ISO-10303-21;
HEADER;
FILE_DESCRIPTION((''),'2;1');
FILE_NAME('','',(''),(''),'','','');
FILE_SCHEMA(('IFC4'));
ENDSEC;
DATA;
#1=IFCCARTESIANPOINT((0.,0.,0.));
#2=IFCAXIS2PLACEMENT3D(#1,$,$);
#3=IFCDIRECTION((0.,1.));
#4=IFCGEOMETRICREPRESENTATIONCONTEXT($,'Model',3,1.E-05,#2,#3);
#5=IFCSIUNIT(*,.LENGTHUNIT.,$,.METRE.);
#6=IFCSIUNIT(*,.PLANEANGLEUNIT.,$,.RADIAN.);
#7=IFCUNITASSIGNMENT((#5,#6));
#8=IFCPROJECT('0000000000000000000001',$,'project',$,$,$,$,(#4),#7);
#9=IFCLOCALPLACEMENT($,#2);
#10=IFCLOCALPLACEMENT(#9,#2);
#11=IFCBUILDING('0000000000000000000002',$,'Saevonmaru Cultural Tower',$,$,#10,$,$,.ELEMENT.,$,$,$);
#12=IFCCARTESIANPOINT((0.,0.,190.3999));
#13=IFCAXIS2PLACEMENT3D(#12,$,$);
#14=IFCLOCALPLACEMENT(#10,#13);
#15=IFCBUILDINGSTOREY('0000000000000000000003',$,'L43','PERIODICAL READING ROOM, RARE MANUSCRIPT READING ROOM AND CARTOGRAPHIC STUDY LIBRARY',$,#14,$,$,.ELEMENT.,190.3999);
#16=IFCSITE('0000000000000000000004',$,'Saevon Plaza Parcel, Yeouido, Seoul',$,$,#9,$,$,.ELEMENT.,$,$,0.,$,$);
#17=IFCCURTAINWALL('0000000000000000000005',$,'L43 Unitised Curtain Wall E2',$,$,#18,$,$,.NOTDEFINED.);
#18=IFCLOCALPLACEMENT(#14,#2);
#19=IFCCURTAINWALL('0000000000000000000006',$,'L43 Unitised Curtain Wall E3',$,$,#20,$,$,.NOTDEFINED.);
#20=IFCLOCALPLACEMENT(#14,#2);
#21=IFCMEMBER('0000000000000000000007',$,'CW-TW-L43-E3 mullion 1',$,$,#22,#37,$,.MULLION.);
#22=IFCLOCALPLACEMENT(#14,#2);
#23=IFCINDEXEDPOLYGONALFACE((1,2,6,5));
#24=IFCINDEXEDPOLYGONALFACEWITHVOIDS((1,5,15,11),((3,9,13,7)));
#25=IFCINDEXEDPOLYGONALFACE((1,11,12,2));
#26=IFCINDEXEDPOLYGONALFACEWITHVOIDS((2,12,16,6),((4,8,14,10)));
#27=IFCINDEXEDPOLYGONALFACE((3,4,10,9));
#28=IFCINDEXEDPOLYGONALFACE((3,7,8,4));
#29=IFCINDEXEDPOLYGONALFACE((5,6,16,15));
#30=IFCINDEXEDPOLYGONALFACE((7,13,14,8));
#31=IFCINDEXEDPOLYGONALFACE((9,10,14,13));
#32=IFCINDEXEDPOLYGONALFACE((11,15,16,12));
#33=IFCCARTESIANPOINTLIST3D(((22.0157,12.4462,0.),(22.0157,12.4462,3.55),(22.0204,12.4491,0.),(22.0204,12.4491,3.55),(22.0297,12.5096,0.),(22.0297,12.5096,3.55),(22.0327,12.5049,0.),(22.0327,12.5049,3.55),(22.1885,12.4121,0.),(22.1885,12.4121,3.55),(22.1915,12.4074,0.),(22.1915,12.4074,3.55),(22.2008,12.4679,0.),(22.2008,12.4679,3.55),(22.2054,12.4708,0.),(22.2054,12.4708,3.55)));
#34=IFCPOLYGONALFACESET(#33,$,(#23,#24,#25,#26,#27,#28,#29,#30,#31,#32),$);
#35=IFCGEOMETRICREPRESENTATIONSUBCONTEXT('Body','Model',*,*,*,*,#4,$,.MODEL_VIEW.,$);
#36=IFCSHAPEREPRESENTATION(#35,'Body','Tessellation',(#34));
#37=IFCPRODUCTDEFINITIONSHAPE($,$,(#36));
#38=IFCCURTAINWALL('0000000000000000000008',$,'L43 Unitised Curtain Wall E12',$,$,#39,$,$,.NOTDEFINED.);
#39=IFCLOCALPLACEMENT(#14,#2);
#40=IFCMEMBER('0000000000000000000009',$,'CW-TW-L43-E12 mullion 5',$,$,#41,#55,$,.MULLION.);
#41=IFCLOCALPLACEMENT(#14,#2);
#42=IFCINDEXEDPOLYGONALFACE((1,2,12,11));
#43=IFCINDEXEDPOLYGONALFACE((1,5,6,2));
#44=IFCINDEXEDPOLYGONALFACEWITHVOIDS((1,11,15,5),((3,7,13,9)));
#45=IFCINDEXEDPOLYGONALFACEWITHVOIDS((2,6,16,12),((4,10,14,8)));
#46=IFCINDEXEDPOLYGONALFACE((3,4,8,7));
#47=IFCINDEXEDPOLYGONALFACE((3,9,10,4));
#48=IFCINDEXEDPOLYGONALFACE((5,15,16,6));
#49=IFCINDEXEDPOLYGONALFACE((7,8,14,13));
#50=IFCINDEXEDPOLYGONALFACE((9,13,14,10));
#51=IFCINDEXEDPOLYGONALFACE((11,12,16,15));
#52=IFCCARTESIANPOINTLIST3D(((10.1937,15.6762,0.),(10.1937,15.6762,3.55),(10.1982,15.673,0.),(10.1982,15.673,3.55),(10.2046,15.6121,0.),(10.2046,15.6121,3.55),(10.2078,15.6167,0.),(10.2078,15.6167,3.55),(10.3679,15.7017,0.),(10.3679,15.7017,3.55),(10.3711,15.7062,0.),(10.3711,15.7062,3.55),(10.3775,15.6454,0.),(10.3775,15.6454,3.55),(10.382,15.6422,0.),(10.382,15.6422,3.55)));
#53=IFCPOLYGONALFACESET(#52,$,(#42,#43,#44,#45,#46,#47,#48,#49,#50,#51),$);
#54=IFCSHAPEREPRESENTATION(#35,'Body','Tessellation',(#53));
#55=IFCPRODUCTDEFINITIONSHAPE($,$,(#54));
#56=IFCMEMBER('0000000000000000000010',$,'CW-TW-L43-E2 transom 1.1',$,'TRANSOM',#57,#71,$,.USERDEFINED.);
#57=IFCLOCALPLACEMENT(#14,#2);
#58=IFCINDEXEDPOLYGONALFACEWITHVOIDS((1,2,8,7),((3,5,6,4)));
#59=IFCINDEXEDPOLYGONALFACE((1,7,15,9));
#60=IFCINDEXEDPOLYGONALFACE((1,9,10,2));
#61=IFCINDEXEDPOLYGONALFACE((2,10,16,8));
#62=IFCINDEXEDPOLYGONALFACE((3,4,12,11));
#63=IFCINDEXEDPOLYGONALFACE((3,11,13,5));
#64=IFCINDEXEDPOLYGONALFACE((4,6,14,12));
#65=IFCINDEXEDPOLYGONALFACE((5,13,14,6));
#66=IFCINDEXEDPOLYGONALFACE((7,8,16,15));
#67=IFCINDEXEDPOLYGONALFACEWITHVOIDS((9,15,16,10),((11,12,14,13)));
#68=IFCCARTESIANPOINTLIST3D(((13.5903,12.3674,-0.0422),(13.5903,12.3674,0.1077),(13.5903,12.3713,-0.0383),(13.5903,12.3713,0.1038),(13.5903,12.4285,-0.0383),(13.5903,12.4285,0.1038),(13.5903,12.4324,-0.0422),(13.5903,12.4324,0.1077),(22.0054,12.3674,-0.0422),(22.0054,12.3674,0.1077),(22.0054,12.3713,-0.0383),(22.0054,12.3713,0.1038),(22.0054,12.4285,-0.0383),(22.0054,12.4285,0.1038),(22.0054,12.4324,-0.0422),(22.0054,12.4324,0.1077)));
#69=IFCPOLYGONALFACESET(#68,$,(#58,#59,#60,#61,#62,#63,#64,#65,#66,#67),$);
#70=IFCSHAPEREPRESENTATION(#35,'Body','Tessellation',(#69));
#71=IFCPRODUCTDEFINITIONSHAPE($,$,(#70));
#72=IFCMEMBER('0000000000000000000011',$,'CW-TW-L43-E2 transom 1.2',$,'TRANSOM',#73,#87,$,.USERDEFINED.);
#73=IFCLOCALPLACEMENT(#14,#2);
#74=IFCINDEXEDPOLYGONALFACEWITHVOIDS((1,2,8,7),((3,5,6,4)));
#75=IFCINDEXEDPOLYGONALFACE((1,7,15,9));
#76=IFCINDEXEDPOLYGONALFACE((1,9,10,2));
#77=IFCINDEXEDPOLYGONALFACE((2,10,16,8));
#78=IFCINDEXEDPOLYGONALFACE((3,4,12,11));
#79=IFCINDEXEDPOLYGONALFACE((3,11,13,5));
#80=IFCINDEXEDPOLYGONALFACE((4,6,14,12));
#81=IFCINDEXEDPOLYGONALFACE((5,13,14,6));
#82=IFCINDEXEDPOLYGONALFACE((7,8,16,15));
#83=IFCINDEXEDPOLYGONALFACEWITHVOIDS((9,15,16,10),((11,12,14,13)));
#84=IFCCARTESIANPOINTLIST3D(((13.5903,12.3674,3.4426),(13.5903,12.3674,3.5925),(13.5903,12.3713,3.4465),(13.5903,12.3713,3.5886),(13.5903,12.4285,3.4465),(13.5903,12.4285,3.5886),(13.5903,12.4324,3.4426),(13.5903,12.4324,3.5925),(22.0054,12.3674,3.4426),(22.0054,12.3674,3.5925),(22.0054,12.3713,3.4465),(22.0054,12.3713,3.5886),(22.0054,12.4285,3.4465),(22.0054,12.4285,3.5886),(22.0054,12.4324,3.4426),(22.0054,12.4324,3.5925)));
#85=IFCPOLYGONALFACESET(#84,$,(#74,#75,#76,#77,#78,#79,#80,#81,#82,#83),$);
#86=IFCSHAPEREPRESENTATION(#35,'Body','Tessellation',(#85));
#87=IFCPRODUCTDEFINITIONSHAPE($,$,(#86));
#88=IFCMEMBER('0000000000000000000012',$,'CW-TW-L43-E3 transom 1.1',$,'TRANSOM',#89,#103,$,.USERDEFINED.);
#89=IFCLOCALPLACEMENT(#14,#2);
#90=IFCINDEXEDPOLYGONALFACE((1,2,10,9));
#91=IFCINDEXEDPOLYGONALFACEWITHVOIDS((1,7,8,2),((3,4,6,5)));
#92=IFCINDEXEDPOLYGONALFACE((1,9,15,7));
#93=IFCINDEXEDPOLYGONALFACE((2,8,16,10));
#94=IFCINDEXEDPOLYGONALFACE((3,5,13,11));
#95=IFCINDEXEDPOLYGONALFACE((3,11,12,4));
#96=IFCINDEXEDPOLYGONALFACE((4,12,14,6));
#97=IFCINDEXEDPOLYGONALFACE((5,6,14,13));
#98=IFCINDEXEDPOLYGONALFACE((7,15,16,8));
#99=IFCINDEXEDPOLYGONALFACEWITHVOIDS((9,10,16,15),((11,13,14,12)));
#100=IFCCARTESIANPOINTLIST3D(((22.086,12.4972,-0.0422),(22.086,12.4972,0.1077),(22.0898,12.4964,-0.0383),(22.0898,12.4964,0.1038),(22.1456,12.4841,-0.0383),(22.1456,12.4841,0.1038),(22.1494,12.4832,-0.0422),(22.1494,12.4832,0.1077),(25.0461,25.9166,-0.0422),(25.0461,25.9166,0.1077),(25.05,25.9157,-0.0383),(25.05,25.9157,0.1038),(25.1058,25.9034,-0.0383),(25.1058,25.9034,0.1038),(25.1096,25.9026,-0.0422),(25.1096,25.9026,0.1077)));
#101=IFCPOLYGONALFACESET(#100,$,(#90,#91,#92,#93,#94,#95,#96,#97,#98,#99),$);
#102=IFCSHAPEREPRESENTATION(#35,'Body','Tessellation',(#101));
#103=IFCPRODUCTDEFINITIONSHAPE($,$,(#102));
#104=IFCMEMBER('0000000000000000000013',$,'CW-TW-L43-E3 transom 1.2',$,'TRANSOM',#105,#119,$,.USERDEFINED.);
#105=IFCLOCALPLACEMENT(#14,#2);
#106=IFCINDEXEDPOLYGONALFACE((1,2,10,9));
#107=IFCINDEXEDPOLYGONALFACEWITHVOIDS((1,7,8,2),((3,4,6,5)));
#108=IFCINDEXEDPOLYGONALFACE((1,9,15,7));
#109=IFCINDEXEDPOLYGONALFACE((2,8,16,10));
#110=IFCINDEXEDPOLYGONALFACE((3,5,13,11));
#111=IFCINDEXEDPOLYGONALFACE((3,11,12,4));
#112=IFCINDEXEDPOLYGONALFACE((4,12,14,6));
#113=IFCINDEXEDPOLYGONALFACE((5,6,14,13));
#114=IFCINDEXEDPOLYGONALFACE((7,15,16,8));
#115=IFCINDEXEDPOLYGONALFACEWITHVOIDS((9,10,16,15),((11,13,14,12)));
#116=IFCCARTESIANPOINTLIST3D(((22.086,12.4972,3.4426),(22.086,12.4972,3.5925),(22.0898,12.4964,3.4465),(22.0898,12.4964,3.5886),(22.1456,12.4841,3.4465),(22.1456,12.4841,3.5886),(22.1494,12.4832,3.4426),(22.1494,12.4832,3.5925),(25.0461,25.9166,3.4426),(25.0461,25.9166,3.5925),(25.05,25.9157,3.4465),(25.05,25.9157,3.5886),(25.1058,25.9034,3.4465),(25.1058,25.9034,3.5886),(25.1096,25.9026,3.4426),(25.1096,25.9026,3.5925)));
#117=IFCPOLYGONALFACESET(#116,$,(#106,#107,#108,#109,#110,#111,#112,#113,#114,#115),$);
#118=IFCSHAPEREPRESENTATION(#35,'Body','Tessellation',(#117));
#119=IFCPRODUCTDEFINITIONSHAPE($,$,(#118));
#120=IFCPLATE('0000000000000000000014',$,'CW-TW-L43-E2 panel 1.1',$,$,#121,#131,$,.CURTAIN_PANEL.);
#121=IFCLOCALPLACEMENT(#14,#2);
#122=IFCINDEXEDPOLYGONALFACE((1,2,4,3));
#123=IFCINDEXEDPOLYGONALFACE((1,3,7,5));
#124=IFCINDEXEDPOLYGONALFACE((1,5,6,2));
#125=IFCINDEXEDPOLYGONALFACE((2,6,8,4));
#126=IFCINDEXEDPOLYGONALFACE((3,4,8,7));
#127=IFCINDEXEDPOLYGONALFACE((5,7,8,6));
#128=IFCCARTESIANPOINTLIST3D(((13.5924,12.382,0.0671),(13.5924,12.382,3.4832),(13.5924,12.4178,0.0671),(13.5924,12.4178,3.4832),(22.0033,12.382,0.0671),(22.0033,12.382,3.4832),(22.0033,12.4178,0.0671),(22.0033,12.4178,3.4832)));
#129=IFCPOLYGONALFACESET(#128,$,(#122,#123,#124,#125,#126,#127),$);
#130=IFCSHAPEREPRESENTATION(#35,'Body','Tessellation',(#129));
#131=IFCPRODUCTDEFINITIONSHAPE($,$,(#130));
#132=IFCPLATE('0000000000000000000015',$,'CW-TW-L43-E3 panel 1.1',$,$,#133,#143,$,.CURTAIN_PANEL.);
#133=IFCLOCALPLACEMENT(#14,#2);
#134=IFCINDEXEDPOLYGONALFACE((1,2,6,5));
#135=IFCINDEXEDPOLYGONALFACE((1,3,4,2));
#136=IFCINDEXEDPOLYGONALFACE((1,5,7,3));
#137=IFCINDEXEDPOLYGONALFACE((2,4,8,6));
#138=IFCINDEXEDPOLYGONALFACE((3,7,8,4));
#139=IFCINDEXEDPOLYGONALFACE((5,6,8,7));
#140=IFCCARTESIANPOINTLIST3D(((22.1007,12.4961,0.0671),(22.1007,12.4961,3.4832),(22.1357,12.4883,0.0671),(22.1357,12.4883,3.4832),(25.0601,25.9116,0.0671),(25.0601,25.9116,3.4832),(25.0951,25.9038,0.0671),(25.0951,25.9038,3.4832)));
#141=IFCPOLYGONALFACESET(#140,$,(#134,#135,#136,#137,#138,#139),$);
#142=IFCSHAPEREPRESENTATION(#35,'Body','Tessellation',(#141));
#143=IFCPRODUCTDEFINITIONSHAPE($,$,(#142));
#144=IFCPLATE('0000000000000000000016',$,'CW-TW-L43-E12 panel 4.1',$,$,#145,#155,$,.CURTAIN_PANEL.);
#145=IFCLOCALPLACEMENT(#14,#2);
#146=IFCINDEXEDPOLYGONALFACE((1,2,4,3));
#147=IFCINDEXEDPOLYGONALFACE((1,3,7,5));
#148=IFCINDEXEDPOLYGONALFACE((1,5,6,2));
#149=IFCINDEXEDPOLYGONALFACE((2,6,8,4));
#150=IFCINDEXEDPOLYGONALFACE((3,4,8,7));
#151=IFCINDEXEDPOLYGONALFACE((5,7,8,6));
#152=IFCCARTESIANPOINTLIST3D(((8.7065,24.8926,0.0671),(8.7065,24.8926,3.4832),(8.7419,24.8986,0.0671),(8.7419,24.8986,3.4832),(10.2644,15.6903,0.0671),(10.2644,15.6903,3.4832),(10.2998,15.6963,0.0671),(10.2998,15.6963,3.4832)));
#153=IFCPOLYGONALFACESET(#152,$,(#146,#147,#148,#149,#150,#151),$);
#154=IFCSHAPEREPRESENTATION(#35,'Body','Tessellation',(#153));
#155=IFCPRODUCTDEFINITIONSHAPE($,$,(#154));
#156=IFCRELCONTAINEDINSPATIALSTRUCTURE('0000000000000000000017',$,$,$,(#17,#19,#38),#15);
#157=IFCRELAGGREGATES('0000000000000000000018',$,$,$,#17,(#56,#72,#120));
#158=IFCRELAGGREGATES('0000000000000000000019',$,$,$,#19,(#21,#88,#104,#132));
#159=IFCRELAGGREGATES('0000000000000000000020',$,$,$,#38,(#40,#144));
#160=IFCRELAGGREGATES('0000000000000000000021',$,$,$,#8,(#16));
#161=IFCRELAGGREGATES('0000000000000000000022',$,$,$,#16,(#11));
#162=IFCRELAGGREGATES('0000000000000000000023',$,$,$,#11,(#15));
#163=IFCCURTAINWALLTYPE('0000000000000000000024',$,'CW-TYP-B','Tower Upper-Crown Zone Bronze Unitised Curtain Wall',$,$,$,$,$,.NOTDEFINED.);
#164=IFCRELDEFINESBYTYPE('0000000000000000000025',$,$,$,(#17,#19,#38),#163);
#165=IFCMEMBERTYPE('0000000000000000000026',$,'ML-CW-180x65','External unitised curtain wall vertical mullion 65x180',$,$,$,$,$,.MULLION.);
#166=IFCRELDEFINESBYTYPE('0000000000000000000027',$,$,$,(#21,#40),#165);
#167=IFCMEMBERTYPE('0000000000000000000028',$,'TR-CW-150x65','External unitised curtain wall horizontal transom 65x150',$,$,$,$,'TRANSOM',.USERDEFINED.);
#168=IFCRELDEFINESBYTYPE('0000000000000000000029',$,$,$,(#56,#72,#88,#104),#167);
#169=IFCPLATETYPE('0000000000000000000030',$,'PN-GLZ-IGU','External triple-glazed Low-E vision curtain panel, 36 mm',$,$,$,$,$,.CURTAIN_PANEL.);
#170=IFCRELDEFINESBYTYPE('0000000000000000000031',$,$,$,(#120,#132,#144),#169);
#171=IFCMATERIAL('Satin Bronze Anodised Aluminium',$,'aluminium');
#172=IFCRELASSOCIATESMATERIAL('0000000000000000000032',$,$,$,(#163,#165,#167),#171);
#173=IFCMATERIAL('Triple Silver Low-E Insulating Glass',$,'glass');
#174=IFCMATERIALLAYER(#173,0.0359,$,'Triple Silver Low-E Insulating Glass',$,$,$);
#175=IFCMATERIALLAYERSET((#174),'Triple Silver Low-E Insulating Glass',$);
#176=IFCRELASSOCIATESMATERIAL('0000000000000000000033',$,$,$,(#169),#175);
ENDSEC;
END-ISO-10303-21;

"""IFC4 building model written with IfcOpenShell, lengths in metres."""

from ifc_helpers import new_model, si_unit, direction, frame, origin, origin_2d, place, context, subcontext, project, spatial, rectangle, hollow_rectangle, extrude, material, layer, layer_set, material_profile, profile_set, type_object, element, aggregate, save


model = new_model("IFC4")

# Units and contexts
model_context = context("Model", 3, precision=1e-05, world=origin(), true_north=direction((0.0, 1.0)))
body_context = subcontext(model_context, "Body", "Model", "MODEL_VIEW")
ifc_project = project(units=[si_unit("LENGTHUNIT", "METRE"), si_unit("PLANEANGLEUNIT", "RADIAN")], contexts=[model_context])

# Site, building, storey
site_placement = place(None, origin())
site = spatial("IfcSite", under=ifc_project, at=site_placement, Name="Saevon Plaza Parcel, Yeouido, Seoul", CompositionType="ELEMENT", RefElevation=0.0)
building_placement = place(site_placement, origin())
building = spatial("IfcBuilding", under=site, at=building_placement, Name="Saevonmaru Cultural Tower", CompositionType="ELEMENT")
storey_placement = place(building_placement, frame((0.0, 0.0, 190.3999)))
storey = spatial("IfcBuildingStorey", under=building, at=storey_placement, Name="L43", Description="PERIODICAL READING ROOM, RARE MANUSCRIPT READING ROOM AND CARTOGRAPHIC STUDY LIBRARY", CompositionType="ELEMENT", Elevation=190.3999)

# Curtain wall
ifc_material_1 = material(Name="Satin Bronze Anodised Aluminium", Category="aluminium")
curtain_wall_type = type_object("IfcCurtainWallType", Name="CW-TYP-B", Description="Tower Upper-Crown Zone Bronze Unitised Curtain Wall", PredefinedType="NOTDEFINED", material=ifc_material_1)
curtain_wall_1_placement = place(storey_placement, origin())
curtain_wall_1 = element("IfcCurtainWall", 1, at=curtain_wall_1_placement, inside=storey, type_object=curtain_wall_type, Name="L43 Unitised Curtain Wall E2", PredefinedType="NOTDEFINED")
ifc_material_profile_1 = material_profile(ifc_material_1, hollow_rectangle(XDim=0.0649, YDim=0.1799, WallThickness=0.0039, at=origin_2d()), Name="ALU-MULL-180x65x4")
ifc_profile_set_1 = profile_set([ifc_material_profile_1], Name="Satin Bronze Anodised Aluminium")
member_type_1 = type_object("IfcMemberType", Name="ML-CW-180x65", Description="External unitised curtain wall vertical mullion 65x180", PredefinedType="MULLION", material=ifc_profile_set_1)

# Curtain walls, members
curtain_wall_2_placement = place(storey_placement, origin())
curtain_wall_2 = element("IfcCurtainWall", 2, at=curtain_wall_2_placement, inside=storey, type_object=curtain_wall_type, Name="L43 Unitised Curtain Wall E3", PredefinedType="NOTDEFINED")
member_1_placement = place(storey_placement, frame((22.1106, 12.4585, 0.0), z_axis=(0.0, 0.0, 1.0), x_axis=(0.215413, 0.976523, 0.0)))
member_1 = element("IfcMember", 3, at=member_1_placement, type_object=member_type_1, Name="CW-TW-L43-E3 mullion 1", PredefinedType="MULLION", context=body_context, shape_type="SweptSolid", body=[
    extrude(hollow_rectangle(XDim=0.0649, YDim=0.1799, WallThickness=0.0039, at=origin_2d()), origin(), (0.0, 0.0, 1.0), 3.55),
])
curtain_wall_3_placement = place(storey_placement, origin())
curtain_wall_3 = element("IfcCurtainWall", 4, at=curtain_wall_3_placement, inside=storey, type_object=curtain_wall_type, Name="L43 Unitised Curtain Wall E12", PredefinedType="NOTDEFINED")
member_2_placement = place(storey_placement, frame((10.2878, 15.6592, 0.0), z_axis=(0.0, 0.0, 1.0), x_axis=(0.166922, -0.98597, 0.0)))
member_2 = element("IfcMember", 5, at=member_2_placement, type_object=member_type_1, Name="CW-TW-L43-E12 mullion 5", PredefinedType="MULLION", context=body_context, shape_type="SweptSolid", body=[
    extrude(hollow_rectangle(XDim=0.0649, YDim=0.1799, WallThickness=0.0039, at=origin_2d()), origin(), (0.0, 0.0, 1.0), 3.55),
])

# Members
ifc_material_profile_2 = material_profile(ifc_material_1, hollow_rectangle(XDim=0.0649, YDim=0.1499, WallThickness=0.0039, at=origin_2d()), Name="ALU-TRAN-150x65x4")
ifc_profile_set_2 = profile_set([ifc_material_profile_2], Name="Satin Bronze Anodised Aluminium")
member_type_2 = type_object("IfcMemberType", Name="TR-CW-150x65", Description="External unitised curtain wall horizontal transom 65x150", ElementType="TRANSOM", PredefinedType="USERDEFINED", material=ifc_profile_set_2)
member_3_placement = place(storey_placement, frame((13.5903, 12.3999, 0.0327), z_axis=(1.0, 0.0, 0.0), x_axis=(0.0, 1.0, 0.0)))
member_3 = element("IfcMember", 6, at=member_3_placement, type_object=member_type_2, Name="CW-TW-L43-E2 transom 1.1", ObjectType="TRANSOM", PredefinedType="USERDEFINED", context=body_context, shape_type="SweptSolid", body=[
    extrude(hollow_rectangle(XDim=0.0649, YDim=0.1499, WallThickness=0.0039, at=origin_2d()), origin(), (0.0, 0.0, 1.0), 8.415),
])
member_4_placement = place(storey_placement, frame((13.5903, 12.3999, 3.5176), z_axis=(1.0, 0.0, 0.0), x_axis=(0.0, 1.0, 0.0)))
member_4 = element("IfcMember", 7, at=member_4_placement, type_object=member_type_2, Name="CW-TW-L43-E2 transom 1.2", ObjectType="TRANSOM", PredefinedType="USERDEFINED", context=body_context, shape_type="SweptSolid", body=[
    extrude(hollow_rectangle(XDim=0.0649, YDim=0.1499, WallThickness=0.0039, at=origin_2d()), origin(), (0.0, 0.0, 1.0), 8.415),
])
member_5_placement = place(storey_placement, frame((22.1177, 12.4902, 0.0327), z_axis=(0.215412, 0.976523, 0.0), x_axis=(-0.976523, 0.215412, 0.0)))
member_5 = element("IfcMember", 8, at=member_5_placement, type_object=member_type_2, Name="CW-TW-L43-E3 transom 1.1", ObjectType="TRANSOM", PredefinedType="USERDEFINED", context=body_context, shape_type="SweptSolid", body=[
    extrude(hollow_rectangle(XDim=0.0649, YDim=0.1499, WallThickness=0.0039, at=origin_2d()), origin(), (0.0, 0.0, 1.0), 13.7419),
])
member_6_placement = place(storey_placement, frame((22.1177, 12.4902, 3.5176), z_axis=(0.215412, 0.976523, 0.0), x_axis=(-0.976523, 0.215412, 0.0)))
member_6 = element("IfcMember", 9, at=member_6_placement, type_object=member_type_2, Name="CW-TW-L43-E3 transom 1.2", ObjectType="TRANSOM", PredefinedType="USERDEFINED", context=body_context, shape_type="SweptSolid", body=[
    extrude(hollow_rectangle(XDim=0.0649, YDim=0.1499, WallThickness=0.0039, at=origin_2d()), origin(), (0.0, 0.0, 1.0), 13.7419),
])

# Plates
ifc_material_2 = material(Name="Triple Silver Low-E Insulating Glass", Category="glass")
ifc_layer_1 = layer(ifc_material_2, 0.0359, Name="Triple Silver Low-E Insulating Glass")
ifc_layer_set_1 = layer_set([ifc_layer_1], Name="Triple Silver Low-E Insulating Glass")
plate_type = type_object("IfcPlateType", Name="PN-GLZ-IGU", Description="External triple-glazed Low-E vision curtain panel, 36 mm", PredefinedType="CURTAIN_PANEL", material=ifc_layer_set_1)
plate_1_placement = place(storey_placement, frame((17.7979, 12.3999, 0.0671), z_axis=(0.0, 0.0, 1.0), x_axis=(1.0, 0.0, 0.0)))
plate_1 = element("IfcPlate", 10, at=plate_1_placement, type_object=plate_type, Name="CW-TW-L43-E2 panel 1.1", PredefinedType="CURTAIN_PANEL", context=body_context, shape_type="SweptSolid", body=[
    extrude(rectangle(XDim=8.4109, YDim=0.0359, at=origin_2d()), origin(), (0.0, 0.0, 1.0), 3.416),
])
aggregate(curtain_wall_1, [member_3, member_4, plate_1])
plate_2_placement = place(storey_placement, frame((23.5979, 19.2, 0.0671), z_axis=(0.0, 0.0, 1.0), x_axis=(0.215413, 0.976523, 0.0)))
plate_2 = element("IfcPlate", 11, at=plate_2_placement, type_object=plate_type, Name="CW-TW-L43-E3 panel 1.1", PredefinedType="CURTAIN_PANEL", context=body_context, shape_type="SweptSolid", body=[
    extrude(rectangle(XDim=13.738, YDim=0.0359, at=origin_2d()), origin(), (0.0, 0.0, 1.0), 3.416),
])
aggregate(curtain_wall_2, [member_1, member_5, member_6, plate_2])
plate_3_placement = place(storey_placement, frame((9.5032, 20.2944, 0.0671), z_axis=(0.0, 0.0, 1.0), x_axis=(0.166922, -0.98597, 0.0)))
plate_3 = element("IfcPlate", 12, at=plate_3_placement, type_object=plate_type, Name="CW-TW-L43-E12 panel 4.1", PredefinedType="CURTAIN_PANEL", context=body_context, shape_type="SweptSolid", body=[
    extrude(rectangle(XDim=9.3333, YDim=0.0359, at=origin_2d()), origin(), (0.0, 0.0, 1.0), 3.416),
])
aggregate(curtain_wall_3, [member_2, plate_3])

save(model, "model.ifc")
